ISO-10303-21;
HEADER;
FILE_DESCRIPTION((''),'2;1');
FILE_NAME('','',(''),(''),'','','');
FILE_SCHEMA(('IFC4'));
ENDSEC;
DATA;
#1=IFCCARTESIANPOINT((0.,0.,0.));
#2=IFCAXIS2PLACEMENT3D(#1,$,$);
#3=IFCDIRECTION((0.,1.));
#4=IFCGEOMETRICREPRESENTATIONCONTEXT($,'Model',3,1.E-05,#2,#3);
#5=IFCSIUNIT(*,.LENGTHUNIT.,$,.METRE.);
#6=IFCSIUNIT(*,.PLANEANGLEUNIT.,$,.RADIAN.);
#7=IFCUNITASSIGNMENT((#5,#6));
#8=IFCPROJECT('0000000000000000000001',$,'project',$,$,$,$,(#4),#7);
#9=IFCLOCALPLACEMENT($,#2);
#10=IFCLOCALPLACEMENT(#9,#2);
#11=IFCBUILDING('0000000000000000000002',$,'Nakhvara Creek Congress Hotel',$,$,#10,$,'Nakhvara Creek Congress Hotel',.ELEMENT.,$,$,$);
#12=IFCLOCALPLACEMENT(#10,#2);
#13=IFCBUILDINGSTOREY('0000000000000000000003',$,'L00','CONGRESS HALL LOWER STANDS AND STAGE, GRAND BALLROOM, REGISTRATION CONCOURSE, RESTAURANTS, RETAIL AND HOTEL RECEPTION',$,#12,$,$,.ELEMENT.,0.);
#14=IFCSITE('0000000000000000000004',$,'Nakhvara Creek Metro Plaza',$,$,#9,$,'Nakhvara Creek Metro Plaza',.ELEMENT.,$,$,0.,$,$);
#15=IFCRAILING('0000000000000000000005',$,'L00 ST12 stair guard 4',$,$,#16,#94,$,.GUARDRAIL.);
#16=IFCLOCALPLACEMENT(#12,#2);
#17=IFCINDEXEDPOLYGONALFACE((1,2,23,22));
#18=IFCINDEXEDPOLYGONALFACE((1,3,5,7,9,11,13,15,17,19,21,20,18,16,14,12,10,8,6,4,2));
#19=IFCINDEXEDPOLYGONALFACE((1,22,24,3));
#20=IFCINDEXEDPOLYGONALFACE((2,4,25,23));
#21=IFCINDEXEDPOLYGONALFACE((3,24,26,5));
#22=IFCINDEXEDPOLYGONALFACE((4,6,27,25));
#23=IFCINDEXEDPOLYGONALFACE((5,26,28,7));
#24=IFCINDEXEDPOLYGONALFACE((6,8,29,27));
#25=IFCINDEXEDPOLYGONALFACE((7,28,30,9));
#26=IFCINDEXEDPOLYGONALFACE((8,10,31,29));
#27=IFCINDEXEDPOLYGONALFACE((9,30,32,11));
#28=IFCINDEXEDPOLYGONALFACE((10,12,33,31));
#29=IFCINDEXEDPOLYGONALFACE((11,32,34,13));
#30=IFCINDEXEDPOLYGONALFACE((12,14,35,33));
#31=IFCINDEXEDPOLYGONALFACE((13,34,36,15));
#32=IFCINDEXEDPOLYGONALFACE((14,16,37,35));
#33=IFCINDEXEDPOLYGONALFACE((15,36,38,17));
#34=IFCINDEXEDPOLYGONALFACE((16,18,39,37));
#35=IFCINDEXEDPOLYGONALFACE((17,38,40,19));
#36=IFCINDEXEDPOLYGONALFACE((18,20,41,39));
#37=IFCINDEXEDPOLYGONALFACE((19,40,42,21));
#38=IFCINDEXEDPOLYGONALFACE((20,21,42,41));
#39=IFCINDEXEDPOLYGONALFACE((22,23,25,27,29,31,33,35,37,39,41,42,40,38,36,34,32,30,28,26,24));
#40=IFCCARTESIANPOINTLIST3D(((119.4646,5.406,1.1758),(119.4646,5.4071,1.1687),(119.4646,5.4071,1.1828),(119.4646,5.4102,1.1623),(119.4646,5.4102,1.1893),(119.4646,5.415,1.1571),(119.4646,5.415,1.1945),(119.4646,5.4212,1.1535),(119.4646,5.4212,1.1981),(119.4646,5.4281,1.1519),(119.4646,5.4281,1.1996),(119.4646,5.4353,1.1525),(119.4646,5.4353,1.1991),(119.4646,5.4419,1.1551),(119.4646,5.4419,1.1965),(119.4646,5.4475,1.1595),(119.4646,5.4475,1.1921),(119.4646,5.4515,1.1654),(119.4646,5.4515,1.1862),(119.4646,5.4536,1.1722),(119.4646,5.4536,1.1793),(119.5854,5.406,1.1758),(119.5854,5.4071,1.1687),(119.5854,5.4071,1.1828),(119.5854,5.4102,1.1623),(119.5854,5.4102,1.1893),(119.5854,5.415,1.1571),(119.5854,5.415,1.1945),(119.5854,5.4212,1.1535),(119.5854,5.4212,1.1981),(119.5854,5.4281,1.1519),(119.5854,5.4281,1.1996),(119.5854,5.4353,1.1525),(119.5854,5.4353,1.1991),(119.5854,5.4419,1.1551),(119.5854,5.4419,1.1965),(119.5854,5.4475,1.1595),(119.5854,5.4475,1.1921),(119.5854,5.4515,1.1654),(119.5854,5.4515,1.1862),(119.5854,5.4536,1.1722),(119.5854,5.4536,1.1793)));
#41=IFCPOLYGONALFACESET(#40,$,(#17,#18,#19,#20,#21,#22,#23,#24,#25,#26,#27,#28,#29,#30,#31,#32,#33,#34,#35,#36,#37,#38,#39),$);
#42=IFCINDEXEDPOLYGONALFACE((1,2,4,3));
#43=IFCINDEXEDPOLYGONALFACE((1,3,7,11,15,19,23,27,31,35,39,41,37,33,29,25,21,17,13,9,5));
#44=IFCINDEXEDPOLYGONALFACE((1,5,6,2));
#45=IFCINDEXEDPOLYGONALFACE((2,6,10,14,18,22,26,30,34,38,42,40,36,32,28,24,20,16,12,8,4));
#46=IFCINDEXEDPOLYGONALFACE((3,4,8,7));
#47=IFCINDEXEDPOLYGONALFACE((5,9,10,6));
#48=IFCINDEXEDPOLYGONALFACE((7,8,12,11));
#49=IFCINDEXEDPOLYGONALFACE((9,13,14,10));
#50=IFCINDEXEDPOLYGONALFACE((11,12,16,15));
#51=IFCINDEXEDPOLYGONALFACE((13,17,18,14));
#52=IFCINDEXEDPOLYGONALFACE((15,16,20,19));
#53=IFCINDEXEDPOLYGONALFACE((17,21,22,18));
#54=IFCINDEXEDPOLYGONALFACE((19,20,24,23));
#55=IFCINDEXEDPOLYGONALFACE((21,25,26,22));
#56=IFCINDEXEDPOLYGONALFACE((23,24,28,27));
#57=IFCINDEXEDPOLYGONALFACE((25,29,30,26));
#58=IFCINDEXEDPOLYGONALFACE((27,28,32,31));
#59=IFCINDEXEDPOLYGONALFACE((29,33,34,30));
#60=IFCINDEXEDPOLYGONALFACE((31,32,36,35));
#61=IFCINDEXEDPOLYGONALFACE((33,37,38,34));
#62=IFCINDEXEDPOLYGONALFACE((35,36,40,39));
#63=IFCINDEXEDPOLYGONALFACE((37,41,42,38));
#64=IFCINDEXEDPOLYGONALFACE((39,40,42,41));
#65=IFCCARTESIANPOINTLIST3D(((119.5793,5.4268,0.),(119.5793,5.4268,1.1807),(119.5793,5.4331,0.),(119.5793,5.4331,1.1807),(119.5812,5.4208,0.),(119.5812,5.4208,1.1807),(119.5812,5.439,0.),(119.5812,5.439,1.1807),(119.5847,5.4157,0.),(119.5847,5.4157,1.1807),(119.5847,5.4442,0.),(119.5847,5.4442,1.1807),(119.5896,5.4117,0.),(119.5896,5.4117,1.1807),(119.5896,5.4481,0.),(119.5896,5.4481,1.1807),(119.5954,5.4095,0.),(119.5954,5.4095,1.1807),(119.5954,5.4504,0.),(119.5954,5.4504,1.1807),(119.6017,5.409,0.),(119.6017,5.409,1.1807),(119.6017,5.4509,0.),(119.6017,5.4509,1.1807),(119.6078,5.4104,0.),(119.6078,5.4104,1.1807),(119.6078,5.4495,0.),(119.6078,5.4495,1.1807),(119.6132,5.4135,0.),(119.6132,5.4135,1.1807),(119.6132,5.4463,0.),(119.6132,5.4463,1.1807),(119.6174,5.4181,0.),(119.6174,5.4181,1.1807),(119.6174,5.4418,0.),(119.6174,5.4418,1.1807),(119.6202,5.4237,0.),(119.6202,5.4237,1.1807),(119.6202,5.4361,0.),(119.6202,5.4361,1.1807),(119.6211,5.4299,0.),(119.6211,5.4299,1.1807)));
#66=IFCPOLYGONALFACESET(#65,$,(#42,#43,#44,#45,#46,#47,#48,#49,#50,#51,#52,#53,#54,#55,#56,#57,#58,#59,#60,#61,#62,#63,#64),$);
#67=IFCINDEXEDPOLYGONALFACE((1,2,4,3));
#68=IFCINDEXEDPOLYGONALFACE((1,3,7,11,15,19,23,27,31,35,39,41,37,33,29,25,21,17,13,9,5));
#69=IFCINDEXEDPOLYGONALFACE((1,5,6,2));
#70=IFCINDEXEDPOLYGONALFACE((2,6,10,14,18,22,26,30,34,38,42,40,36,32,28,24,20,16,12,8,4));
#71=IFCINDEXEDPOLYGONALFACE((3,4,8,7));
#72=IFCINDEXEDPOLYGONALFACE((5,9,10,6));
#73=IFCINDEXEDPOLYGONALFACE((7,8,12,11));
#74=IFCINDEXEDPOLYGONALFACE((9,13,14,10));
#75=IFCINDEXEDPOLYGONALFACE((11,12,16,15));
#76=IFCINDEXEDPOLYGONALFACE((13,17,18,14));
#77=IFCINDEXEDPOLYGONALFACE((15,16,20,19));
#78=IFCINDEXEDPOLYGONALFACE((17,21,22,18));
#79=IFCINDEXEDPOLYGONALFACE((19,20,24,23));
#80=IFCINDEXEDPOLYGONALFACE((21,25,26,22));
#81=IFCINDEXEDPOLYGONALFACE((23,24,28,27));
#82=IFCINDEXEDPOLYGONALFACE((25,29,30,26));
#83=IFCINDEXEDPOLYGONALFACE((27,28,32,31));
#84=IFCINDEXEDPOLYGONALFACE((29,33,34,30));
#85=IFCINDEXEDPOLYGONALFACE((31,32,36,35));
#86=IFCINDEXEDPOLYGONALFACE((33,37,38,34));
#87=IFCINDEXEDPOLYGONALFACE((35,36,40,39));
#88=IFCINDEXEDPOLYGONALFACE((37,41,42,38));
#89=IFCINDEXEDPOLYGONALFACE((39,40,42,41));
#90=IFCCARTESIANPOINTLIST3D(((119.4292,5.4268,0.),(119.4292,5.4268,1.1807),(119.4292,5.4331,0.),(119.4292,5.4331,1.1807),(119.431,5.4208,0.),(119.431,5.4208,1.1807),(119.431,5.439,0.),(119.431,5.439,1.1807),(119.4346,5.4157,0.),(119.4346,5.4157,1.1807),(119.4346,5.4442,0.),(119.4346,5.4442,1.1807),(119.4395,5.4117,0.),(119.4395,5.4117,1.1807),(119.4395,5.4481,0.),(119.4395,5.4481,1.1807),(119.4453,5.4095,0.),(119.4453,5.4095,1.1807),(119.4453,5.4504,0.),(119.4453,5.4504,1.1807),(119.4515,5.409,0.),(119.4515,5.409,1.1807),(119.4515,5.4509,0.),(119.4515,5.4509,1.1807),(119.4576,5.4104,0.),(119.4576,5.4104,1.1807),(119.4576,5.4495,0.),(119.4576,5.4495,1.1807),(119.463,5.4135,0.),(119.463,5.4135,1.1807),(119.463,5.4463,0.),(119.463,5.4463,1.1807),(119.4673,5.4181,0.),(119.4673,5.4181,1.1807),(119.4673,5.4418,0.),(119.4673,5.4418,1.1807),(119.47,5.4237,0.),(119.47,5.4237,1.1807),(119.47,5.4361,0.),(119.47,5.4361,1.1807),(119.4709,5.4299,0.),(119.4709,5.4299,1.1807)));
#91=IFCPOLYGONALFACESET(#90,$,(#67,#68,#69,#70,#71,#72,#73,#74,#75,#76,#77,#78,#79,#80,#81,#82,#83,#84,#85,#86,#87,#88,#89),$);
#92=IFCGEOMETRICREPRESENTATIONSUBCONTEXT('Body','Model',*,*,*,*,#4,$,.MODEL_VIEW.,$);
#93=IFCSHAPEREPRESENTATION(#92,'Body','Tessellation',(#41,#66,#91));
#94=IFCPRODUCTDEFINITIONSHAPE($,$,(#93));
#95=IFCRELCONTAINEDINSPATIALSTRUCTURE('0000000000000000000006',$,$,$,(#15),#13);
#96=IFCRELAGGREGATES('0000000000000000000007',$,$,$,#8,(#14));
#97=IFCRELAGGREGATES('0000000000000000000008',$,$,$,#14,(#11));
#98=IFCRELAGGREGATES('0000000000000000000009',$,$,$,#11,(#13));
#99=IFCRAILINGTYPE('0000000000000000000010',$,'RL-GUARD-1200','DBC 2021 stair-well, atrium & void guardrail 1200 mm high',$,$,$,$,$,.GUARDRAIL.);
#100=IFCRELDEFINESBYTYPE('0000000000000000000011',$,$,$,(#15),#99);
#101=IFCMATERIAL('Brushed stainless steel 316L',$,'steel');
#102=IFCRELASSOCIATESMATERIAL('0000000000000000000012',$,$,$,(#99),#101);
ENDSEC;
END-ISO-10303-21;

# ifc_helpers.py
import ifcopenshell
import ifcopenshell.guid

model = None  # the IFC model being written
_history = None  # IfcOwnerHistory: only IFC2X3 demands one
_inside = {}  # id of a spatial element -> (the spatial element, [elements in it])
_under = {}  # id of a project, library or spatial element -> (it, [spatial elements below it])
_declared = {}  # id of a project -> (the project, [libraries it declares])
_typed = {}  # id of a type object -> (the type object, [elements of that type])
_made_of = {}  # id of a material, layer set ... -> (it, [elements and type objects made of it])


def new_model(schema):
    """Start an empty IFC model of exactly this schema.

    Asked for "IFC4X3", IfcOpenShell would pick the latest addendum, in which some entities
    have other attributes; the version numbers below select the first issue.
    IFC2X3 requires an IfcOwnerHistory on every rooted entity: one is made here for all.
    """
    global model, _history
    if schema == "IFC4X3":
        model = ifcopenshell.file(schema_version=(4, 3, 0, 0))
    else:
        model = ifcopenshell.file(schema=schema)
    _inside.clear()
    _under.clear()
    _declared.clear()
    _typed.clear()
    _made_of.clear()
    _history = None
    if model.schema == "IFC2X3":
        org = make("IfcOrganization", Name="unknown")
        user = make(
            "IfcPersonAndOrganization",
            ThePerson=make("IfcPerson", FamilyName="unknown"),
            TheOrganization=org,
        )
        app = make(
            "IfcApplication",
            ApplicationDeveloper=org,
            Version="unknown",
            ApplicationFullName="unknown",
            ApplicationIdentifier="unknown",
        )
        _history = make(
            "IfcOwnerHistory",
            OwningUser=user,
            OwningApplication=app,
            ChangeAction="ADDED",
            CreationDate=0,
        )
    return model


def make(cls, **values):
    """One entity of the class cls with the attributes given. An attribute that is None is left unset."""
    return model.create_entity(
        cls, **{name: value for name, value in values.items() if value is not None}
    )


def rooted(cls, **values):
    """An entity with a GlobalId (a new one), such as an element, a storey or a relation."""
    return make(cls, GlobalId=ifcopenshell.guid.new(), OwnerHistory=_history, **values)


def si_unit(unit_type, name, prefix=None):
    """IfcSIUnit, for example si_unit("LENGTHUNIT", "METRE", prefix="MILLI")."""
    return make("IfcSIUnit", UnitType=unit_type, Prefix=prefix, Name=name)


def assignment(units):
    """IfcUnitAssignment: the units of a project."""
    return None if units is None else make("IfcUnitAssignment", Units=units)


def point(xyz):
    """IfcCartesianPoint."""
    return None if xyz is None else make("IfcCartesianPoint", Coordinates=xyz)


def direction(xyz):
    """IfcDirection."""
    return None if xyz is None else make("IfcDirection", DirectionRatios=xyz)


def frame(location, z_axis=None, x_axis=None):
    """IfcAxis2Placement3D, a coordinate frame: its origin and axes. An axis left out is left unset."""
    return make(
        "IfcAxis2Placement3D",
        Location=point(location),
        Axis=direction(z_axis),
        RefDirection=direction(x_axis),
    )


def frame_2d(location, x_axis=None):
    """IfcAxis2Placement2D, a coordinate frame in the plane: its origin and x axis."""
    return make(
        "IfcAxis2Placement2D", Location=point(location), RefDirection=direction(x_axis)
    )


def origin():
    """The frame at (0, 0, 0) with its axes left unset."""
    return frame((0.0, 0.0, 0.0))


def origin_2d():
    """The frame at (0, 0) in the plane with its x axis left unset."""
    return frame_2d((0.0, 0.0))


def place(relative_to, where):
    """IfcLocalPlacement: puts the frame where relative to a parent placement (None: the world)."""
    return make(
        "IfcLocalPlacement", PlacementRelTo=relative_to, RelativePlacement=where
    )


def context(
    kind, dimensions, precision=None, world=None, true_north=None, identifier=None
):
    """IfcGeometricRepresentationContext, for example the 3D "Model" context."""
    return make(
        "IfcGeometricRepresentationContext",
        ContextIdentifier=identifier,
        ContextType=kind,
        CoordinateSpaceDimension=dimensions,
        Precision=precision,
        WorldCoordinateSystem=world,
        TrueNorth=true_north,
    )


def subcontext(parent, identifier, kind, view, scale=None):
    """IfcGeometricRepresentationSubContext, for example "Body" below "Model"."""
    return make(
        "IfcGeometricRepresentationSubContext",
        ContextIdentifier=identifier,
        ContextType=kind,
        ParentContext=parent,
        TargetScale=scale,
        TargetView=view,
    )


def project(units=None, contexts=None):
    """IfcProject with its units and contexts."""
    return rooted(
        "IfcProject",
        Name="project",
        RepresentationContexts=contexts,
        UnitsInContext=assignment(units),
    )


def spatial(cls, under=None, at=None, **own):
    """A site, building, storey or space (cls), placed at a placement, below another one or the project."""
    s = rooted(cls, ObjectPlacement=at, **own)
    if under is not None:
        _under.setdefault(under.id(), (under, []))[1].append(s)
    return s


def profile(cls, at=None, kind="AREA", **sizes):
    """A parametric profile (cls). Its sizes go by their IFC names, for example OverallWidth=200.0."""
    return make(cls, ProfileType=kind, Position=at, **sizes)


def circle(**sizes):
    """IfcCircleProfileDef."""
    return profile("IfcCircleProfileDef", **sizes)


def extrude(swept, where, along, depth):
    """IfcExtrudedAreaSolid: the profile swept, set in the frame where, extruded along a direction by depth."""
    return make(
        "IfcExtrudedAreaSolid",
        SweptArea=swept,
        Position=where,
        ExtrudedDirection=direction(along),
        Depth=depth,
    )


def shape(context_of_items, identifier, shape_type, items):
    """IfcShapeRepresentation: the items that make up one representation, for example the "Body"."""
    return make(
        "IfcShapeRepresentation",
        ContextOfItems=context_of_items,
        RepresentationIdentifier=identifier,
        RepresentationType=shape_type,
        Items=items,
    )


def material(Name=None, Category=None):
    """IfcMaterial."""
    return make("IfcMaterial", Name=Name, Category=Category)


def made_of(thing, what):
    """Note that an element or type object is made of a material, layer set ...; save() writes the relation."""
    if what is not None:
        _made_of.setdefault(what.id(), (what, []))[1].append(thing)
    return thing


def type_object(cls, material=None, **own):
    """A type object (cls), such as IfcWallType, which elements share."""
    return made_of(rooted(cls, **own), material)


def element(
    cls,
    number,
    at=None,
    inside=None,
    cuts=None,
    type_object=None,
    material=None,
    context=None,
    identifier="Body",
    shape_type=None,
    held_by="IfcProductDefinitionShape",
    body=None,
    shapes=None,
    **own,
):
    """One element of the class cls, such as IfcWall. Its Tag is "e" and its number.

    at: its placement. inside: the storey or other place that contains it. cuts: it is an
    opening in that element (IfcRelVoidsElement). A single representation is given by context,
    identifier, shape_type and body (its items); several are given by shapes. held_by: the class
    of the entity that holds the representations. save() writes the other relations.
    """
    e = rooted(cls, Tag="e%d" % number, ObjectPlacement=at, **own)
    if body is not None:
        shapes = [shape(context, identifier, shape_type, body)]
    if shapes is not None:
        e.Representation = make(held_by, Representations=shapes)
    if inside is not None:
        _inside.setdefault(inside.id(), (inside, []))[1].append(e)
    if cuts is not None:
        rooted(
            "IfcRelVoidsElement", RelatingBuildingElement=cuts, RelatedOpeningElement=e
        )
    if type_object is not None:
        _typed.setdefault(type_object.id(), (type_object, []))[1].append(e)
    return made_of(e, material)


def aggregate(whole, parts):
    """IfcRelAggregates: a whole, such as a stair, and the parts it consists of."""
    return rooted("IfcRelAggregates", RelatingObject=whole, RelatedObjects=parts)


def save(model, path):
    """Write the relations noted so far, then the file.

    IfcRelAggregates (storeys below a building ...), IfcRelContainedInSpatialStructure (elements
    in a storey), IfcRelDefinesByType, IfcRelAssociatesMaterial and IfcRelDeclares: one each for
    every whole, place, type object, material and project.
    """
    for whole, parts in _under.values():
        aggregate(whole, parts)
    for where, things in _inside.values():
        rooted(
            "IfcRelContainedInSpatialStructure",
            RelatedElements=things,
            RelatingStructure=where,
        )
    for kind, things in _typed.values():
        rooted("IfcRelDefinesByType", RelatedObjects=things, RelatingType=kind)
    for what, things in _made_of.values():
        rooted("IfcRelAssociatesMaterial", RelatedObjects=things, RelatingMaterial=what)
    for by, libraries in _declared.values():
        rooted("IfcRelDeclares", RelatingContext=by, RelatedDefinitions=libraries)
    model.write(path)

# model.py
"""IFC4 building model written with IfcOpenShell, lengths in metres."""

from ifc_helpers import new_model, si_unit, direction, frame, origin, origin_2d, place, context, subcontext, project, spatial, circle, extrude, material, type_object, element, save


model = new_model("IFC4")

# Units and contexts
model_context = context("Model", 3, precision=1e-05, world=origin(), true_north=direction((0.0, 1.0)))
body_context = subcontext(model_context, "Body", "Model", "MODEL_VIEW")
ifc_project = project(units=[si_unit("LENGTHUNIT", "METRE"), si_unit("PLANEANGLEUNIT", "RADIAN")], contexts=[model_context])

# Site, building, storey
site_placement = place(None, origin())
site = spatial("IfcSite", under=ifc_project, at=site_placement, Name="Nakhvara Creek Metro Plaza", LongName="Nakhvara Creek Metro Plaza", CompositionType="ELEMENT", RefElevation=0.0)
building_placement = place(site_placement, origin())
building = spatial("IfcBuilding", under=site, at=building_placement, Name="Nakhvara Creek Congress Hotel", LongName="Nakhvara Creek Congress Hotel", CompositionType="ELEMENT")
storey_placement = place(building_placement, origin())
storey = spatial("IfcBuildingStorey", under=building, at=storey_placement, Name="L00", Description="CONGRESS HALL LOWER STANDS AND STAGE, GRAND BALLROOM, REGISTRATION CONCOURSE, RESTAURANTS, RETAIL AND HOTEL RECEPTION", CompositionType="ELEMENT", Elevation=0.0)

# Railing
ifc_material_1 = material(Name="Brushed stainless steel 316L", Category="steel")
railing_type_1 = type_object("IfcRailingType", Name="RL-GUARD-1200", Description="DBC 2021 stair-well, atrium & void guardrail 1200 mm high", PredefinedType="GUARDRAIL", material=ifc_material_1)
railing_1_placement = place(storey_placement, frame((119.6001, 5.4299, 0.0)))
element("IfcRailing", 1, at=railing_1_placement, inside=storey, type_object=railing_type_1, Name="L00 ST12 stair guard 4", PredefinedType="GUARDRAIL", context=body_context, shape_type="SweptSolid", body=[
    extrude(circle(Radius=0.0239, at=origin_2d()), frame((-0.0146, 0.0, 1.1758), z_axis=(-1.0, 0.0, 0.0), x_axis=(0.0, -1.0, 0.0)), (0.0, 0.0, 1.0), 0.1208),
    extrude(circle(Radius=0.021, at=origin_2d()), origin(), (0.0, 0.0, 1.0), 1.1807),
    extrude(circle(Radius=0.021, at=origin_2d()), frame((-0.1501, 0.0, 0.0)), (0.0, 0.0, 1.0), 1.1807),
])

save(model, "model.ifc")
